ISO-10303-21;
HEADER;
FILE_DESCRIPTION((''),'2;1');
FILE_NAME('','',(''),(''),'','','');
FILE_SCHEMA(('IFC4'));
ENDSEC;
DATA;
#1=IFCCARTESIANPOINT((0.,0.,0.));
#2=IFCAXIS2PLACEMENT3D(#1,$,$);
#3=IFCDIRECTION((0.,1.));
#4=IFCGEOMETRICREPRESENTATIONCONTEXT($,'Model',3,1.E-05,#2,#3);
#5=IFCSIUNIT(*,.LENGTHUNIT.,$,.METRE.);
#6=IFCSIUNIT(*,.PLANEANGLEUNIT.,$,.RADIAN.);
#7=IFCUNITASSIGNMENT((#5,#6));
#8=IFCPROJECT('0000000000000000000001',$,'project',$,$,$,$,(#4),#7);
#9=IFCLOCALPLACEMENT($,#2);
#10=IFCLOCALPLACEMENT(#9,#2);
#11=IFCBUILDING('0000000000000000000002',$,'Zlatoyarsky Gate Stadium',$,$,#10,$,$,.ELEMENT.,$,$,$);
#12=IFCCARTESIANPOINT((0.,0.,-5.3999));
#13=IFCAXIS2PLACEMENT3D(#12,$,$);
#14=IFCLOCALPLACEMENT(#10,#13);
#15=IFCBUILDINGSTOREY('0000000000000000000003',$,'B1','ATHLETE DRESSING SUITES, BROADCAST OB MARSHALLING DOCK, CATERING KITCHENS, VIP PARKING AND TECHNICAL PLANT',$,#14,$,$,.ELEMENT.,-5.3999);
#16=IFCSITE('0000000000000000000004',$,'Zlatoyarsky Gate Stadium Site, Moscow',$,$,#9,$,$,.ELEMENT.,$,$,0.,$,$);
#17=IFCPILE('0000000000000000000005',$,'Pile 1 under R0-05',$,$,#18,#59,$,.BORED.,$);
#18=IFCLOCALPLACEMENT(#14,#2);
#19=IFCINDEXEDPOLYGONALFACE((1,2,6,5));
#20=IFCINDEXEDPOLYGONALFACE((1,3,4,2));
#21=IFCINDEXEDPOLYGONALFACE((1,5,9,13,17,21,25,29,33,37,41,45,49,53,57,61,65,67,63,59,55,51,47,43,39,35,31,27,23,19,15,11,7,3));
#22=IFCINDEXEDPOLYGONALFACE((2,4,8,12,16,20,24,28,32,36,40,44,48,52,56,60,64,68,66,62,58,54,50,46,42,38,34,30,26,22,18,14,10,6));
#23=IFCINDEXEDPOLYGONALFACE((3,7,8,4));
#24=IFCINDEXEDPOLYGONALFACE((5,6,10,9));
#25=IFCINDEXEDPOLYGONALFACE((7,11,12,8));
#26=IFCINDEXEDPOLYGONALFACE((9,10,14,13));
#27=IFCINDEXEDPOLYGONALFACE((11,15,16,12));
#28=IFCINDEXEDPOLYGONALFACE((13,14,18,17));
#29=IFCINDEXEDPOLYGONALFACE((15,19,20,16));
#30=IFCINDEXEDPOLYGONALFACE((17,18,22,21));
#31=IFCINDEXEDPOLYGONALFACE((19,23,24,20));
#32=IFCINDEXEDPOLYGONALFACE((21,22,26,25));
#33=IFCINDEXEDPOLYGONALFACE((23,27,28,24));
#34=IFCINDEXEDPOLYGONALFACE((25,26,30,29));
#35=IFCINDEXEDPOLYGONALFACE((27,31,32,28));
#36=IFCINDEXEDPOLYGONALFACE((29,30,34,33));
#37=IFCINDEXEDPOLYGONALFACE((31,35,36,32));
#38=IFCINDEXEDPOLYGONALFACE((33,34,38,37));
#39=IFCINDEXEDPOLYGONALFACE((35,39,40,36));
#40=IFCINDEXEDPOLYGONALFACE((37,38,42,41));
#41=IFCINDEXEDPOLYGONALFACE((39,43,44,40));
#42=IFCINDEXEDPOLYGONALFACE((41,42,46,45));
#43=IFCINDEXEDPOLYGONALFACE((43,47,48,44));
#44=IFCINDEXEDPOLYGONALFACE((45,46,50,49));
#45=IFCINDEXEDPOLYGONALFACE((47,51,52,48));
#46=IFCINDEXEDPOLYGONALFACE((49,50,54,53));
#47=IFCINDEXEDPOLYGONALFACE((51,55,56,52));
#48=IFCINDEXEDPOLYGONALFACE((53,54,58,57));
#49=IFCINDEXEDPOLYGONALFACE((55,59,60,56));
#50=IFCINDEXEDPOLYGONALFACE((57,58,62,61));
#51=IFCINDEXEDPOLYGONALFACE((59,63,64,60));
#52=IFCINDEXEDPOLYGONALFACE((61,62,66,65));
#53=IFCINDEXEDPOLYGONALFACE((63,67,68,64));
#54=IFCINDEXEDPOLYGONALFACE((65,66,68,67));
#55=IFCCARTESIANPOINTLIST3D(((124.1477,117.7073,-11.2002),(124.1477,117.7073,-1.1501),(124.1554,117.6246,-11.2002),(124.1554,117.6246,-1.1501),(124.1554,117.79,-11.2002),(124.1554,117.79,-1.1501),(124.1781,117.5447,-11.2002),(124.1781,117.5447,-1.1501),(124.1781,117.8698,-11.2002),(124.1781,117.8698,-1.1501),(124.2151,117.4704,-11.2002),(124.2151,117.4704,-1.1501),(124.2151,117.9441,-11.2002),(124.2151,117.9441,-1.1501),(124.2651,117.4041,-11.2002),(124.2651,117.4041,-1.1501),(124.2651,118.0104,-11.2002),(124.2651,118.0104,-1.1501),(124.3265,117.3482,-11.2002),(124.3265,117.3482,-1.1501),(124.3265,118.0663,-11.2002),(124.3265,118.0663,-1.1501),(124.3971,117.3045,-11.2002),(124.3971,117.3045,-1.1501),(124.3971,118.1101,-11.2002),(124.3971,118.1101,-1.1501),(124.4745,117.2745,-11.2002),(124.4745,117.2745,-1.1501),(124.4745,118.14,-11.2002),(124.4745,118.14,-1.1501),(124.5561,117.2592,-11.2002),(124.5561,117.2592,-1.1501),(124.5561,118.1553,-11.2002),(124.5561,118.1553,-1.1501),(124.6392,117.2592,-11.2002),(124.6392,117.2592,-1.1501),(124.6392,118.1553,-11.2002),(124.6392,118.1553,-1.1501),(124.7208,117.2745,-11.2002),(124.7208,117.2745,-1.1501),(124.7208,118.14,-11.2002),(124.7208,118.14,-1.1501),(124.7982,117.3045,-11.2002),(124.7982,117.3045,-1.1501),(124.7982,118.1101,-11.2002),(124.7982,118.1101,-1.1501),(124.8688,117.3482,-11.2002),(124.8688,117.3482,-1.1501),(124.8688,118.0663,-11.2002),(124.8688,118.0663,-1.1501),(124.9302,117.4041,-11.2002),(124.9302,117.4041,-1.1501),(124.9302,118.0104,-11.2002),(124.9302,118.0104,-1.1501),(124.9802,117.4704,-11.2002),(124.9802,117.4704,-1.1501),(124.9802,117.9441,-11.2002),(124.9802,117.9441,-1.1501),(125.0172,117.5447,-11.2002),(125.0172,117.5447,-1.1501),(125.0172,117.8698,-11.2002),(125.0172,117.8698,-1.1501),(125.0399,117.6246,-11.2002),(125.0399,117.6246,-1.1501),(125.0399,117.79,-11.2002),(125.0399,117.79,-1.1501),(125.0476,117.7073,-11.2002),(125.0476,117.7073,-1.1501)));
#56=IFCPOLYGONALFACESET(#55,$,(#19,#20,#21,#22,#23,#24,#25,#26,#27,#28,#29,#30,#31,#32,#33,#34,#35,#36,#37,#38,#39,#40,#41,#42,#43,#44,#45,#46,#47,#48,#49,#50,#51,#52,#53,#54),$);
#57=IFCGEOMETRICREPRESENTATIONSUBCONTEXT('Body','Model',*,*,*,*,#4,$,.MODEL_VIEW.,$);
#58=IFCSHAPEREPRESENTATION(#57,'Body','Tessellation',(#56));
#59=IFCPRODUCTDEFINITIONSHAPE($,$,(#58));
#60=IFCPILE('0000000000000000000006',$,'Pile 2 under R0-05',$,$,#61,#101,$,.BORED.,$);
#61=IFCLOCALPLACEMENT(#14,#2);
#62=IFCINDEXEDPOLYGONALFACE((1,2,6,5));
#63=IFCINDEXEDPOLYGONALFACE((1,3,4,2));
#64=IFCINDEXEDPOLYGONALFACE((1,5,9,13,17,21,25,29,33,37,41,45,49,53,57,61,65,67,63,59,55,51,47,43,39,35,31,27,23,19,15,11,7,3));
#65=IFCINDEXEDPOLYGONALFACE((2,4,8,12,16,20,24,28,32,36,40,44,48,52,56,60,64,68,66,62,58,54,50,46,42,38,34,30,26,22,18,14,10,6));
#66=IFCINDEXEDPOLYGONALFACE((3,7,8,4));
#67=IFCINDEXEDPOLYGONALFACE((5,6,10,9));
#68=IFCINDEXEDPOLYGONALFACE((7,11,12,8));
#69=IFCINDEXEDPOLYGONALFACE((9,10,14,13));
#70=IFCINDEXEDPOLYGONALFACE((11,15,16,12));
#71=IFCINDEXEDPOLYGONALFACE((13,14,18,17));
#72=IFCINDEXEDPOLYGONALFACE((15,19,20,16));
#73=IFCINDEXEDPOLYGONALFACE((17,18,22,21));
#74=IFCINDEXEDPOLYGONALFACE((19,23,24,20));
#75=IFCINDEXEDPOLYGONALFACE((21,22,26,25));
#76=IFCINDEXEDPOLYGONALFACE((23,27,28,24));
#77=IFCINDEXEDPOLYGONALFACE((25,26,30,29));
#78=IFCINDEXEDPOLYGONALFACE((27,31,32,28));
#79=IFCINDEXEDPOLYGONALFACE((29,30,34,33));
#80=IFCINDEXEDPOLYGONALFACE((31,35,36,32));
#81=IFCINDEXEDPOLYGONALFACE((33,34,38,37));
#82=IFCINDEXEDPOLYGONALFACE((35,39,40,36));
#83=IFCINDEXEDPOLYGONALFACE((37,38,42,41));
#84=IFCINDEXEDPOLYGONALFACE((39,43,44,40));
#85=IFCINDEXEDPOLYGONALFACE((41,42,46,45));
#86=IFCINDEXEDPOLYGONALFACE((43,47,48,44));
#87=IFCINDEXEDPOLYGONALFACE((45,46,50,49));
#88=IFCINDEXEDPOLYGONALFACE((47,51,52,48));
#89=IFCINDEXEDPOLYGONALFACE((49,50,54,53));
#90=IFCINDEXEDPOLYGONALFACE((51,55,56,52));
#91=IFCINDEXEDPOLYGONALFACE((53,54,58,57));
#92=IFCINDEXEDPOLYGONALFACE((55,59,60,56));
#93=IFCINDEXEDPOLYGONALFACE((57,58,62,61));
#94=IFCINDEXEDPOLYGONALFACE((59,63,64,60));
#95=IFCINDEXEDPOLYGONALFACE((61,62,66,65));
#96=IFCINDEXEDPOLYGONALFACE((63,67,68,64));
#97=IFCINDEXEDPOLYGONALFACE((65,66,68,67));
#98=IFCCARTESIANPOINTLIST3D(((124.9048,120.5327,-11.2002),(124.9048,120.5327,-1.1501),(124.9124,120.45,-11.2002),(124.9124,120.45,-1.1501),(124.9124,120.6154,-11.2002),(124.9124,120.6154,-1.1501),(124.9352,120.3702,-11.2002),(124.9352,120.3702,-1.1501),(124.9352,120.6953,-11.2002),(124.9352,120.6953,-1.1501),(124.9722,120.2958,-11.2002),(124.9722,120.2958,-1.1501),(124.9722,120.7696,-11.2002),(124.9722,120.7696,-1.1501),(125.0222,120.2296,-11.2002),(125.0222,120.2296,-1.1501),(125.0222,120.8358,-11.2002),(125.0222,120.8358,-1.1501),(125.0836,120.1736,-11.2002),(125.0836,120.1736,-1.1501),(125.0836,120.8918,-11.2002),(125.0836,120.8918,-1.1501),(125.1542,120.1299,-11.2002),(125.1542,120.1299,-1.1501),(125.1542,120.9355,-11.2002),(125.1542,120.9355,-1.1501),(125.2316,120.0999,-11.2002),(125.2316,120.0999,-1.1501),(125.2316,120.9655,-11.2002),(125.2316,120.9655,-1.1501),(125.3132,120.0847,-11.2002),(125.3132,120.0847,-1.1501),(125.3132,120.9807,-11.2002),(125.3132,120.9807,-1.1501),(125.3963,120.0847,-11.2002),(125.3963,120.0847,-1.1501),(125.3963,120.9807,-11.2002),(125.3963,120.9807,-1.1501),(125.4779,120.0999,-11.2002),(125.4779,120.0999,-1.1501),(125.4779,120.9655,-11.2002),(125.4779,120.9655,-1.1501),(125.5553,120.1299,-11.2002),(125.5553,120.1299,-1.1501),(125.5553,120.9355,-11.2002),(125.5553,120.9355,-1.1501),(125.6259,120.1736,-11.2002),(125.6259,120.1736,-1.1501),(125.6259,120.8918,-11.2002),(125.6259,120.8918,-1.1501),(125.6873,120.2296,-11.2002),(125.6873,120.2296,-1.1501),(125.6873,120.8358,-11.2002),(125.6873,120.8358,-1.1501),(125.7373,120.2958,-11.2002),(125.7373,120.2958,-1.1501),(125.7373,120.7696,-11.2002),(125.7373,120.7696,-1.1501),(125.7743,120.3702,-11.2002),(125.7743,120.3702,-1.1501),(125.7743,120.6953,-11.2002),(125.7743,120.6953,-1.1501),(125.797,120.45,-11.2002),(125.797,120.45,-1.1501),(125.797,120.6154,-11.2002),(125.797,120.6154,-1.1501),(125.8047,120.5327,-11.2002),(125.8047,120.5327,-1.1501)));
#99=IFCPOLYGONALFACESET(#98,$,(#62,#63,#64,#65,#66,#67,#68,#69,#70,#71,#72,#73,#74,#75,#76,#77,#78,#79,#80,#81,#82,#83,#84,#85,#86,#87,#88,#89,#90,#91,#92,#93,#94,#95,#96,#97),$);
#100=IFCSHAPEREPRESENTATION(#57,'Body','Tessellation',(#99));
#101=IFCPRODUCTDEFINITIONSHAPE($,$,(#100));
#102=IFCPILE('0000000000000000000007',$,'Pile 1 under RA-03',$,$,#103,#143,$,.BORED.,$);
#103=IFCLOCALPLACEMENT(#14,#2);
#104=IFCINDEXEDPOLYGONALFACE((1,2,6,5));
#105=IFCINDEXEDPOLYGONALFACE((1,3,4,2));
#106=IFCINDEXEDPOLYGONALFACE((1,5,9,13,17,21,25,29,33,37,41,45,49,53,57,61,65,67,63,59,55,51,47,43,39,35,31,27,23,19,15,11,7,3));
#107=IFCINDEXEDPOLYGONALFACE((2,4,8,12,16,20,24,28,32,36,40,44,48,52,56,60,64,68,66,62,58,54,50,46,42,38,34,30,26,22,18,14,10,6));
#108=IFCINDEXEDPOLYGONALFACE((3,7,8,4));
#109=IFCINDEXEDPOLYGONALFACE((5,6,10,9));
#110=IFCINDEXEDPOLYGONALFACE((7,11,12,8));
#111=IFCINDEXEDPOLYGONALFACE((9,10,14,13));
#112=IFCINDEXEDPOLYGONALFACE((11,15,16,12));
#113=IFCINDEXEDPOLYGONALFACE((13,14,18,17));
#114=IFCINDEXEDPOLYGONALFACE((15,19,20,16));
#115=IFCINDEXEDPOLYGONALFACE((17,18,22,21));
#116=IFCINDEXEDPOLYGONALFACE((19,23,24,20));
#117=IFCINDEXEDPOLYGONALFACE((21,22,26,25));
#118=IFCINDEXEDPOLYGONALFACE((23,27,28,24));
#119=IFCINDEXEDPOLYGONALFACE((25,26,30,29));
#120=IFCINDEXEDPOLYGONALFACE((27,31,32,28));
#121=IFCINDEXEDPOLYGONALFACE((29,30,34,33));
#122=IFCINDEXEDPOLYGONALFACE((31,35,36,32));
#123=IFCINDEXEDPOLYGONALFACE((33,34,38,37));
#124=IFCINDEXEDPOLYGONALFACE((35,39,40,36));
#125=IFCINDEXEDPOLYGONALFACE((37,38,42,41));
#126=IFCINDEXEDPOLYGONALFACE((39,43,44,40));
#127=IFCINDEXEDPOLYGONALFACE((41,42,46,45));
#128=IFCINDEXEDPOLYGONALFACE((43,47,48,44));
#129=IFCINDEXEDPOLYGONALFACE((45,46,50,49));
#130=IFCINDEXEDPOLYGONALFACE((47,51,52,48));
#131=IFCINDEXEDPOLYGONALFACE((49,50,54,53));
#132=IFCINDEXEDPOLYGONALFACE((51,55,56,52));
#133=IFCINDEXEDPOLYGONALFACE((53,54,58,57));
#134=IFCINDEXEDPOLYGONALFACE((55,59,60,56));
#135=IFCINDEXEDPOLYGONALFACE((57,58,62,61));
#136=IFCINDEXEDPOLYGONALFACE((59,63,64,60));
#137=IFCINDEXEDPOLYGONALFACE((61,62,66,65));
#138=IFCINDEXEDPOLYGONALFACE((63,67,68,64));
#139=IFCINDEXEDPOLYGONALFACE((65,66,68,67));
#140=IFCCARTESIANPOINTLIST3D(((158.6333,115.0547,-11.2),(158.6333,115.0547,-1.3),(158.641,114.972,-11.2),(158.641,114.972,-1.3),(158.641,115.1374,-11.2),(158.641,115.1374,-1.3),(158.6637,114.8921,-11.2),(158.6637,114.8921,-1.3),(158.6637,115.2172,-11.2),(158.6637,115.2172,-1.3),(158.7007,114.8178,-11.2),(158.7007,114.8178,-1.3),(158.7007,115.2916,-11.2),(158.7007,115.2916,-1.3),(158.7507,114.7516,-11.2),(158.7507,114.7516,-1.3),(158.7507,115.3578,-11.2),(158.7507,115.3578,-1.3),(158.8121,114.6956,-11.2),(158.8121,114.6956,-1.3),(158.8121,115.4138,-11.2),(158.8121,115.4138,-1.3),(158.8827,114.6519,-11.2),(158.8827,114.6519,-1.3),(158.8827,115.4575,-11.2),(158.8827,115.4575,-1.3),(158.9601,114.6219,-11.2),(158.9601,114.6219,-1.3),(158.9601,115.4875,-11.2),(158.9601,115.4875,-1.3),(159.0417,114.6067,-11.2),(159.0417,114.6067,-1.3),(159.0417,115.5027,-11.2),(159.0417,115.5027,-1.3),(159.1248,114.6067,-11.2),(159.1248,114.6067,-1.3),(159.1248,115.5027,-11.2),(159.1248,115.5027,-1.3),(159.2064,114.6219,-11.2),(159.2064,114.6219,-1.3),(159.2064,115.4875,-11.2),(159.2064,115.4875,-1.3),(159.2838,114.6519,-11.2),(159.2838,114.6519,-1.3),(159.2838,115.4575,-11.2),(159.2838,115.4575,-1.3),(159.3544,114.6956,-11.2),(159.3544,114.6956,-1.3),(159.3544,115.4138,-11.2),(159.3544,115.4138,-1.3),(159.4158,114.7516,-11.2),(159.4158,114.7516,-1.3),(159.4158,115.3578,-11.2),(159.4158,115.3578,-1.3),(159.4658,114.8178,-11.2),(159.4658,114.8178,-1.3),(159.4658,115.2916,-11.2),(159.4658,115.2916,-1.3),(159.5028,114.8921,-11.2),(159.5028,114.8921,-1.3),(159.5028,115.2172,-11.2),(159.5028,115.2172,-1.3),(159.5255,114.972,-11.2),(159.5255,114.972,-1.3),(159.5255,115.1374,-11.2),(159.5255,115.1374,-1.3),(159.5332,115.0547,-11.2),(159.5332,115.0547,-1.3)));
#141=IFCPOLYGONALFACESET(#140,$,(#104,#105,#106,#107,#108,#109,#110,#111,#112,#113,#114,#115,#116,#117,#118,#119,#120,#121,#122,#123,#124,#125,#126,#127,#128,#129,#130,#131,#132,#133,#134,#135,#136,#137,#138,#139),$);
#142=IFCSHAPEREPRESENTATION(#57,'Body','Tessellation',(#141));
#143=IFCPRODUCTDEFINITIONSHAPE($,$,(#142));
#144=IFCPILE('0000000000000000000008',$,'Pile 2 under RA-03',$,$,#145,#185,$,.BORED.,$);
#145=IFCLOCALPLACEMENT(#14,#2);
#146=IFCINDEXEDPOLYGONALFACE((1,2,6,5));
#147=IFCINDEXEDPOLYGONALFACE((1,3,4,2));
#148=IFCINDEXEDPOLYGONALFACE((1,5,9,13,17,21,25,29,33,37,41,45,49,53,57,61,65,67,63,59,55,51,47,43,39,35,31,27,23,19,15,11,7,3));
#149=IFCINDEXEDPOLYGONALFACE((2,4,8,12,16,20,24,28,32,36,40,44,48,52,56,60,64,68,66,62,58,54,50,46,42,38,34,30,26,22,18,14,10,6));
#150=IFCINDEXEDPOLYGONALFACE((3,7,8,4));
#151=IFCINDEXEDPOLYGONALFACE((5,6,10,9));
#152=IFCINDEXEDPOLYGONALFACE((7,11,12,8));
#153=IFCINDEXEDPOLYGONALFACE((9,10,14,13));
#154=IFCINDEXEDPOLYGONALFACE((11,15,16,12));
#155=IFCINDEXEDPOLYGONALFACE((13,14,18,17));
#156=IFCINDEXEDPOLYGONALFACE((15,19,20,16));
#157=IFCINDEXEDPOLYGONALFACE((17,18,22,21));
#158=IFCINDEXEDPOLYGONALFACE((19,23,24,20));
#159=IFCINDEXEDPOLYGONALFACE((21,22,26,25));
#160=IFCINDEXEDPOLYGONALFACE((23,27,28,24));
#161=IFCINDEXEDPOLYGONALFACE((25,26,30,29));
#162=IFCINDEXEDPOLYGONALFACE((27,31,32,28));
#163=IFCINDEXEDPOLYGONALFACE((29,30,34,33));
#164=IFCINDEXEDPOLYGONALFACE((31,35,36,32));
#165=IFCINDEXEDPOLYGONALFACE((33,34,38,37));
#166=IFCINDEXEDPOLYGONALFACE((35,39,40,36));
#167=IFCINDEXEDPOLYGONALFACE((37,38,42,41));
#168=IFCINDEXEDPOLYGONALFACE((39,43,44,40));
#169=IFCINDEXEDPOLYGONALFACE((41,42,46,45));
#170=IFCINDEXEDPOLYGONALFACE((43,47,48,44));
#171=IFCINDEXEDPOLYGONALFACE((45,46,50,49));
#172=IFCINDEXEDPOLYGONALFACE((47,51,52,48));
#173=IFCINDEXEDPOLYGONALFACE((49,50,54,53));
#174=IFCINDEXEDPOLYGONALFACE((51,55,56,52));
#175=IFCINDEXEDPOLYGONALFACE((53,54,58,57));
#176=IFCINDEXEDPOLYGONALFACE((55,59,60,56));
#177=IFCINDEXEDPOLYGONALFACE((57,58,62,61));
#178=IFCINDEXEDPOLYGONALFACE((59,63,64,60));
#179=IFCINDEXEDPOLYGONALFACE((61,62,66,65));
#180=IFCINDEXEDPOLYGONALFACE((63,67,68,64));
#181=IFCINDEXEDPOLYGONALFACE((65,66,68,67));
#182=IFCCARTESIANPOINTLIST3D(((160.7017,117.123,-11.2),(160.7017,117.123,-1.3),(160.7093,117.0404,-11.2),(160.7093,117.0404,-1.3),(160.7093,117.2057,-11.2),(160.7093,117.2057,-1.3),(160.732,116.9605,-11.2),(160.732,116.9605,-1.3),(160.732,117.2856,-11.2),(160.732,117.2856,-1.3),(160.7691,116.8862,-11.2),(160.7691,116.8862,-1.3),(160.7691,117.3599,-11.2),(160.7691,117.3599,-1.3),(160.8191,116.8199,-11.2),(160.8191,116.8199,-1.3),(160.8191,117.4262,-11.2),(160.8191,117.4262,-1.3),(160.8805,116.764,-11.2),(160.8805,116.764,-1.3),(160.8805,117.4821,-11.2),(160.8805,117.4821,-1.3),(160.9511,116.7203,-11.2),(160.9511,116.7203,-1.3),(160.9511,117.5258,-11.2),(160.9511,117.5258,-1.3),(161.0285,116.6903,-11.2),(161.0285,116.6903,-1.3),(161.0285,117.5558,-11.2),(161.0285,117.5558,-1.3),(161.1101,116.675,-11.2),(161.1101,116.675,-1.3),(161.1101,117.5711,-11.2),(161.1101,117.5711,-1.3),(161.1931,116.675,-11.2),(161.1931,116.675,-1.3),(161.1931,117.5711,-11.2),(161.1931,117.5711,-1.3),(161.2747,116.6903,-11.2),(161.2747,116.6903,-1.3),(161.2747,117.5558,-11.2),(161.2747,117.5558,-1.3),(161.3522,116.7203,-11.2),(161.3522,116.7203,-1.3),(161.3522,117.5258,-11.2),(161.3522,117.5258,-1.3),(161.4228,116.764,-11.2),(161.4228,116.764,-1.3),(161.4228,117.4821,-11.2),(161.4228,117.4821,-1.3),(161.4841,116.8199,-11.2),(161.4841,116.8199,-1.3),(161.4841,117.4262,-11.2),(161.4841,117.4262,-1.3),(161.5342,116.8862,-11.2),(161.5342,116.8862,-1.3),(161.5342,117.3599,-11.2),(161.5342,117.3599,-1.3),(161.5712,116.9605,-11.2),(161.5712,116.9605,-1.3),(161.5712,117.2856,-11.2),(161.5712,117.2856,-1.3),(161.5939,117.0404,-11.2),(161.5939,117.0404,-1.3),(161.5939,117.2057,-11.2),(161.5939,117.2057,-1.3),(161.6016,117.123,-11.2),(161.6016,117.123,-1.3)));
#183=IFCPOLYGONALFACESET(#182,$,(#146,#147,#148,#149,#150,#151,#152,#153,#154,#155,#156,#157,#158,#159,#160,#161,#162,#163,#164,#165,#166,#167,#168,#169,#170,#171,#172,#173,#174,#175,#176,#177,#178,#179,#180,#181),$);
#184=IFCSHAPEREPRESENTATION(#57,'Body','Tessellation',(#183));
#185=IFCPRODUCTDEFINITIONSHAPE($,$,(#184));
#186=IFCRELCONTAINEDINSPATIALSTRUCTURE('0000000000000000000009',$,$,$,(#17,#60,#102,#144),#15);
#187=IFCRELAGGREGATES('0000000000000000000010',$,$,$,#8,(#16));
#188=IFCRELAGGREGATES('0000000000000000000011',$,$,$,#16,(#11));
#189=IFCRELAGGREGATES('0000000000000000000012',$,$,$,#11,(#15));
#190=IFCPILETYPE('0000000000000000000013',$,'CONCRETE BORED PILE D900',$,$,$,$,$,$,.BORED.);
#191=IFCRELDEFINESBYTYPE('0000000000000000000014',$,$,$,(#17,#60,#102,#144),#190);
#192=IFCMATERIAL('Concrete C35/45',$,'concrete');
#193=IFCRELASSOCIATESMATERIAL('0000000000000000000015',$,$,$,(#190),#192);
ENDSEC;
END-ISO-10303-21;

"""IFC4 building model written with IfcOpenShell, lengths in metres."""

from ifc_helpers import new_model, si_unit, direction, frame, origin, origin_2d, place, context, subcontext, project, spatial, circle, extrude, material, material_profile, profile_set, type_object, element, save


model = new_model("IFC4")

# Units and contexts
model_context = context("Model", 3, precision=1e-05, world=origin(), true_north=direction((0.0, 1.0)))
body_context = subcontext(model_context, "Body", "Model", "MODEL_VIEW")
ifc_project = project(units=[si_unit("LENGTHUNIT", "METRE"), si_unit("PLANEANGLEUNIT", "RADIAN")], contexts=[model_context])

# Site, building, storey
site_placement = place(None, origin())
site = spatial("IfcSite", under=ifc_project, at=site_placement, Name="Zlatoyarsky Gate Stadium Site, Moscow", CompositionType="ELEMENT", RefElevation=0.0)
building_placement = place(site_placement, origin())
building = spatial("IfcBuilding", under=site, at=building_placement, Name="Zlatoyarsky Gate Stadium", CompositionType="ELEMENT")
storey_placement = place(building_placement, frame((0.0, 0.0, -5.3999)))
storey = spatial("IfcBuildingStorey", under=building, at=storey_placement, Name="B1", Description="ATHLETE DRESSING SUITES, BROADCAST OB MARSHALLING DOCK, CATERING KITCHENS, VIP PARKING AND TECHNICAL PLANT", CompositionType="ELEMENT", Elevation=-5.3999)

# Piles
ifc_material_1 = material(Name="Concrete C35/45", Category="concrete")
ifc_material_profile_1 = material_profile(ifc_material_1, circle(Radius=0.45, at=origin_2d()), Name="BORED PILE D900")
ifc_profile_set_1 = profile_set([ifc_material_profile_1], Name="Concrete C35/45")
pile_type_1 = type_object("IfcPileType", Name="CONCRETE BORED PILE D900", PredefinedType="BORED", material=ifc_profile_set_1)
for number, where, z_axis, x_axis, name in (
    (1, (124.5977, 117.7073, -1.1501), (0.0, 0.0, -1.0), (1.0, 0.0, 0.0), "Pile 1 under R0-05"),
    (2, (125.3547, 120.5327, -1.1501), (0.0, 0.0, -1.0), (1.0, 0.0, 0.0), "Pile 2 under R0-05"),
):
    element("IfcPile", number, at=place(storey_placement, frame(where, z_axis=z_axis, x_axis=x_axis)), inside=storey, type_object=pile_type_1, Name=name, PredefinedType="BORED", context=body_context, shape_type="SweptSolid", body=[
        extrude(circle(Radius=0.45, at=origin_2d()), origin(), (0.0, 0.0, 1.0), 10.05),
    ])
for number, where, z_axis, x_axis, name in (
    (3, (159.0833, 115.0547, -1.3), (0.0, 0.0, -1.0), (1.0, 0.0, 0.0), "Pile 1 under RA-03"),
    (4, (161.1516, 117.123, -1.3), (0.0, 0.0, -1.0), (1.0, 0.0, 0.0), "Pile 2 under RA-03"),
):
    element("IfcPile", number, at=place(storey_placement, frame(where, z_axis=z_axis, x_axis=x_axis)), inside=storey, type_object=pile_type_1, Name=name, PredefinedType="BORED", context=body_context, shape_type="SweptSolid", body=[
        extrude(circle(Radius=0.45, at=origin_2d()), origin(), (0.0, 0.0, 1.0), 9.8999),
    ])

save(model, "model.ifc")
